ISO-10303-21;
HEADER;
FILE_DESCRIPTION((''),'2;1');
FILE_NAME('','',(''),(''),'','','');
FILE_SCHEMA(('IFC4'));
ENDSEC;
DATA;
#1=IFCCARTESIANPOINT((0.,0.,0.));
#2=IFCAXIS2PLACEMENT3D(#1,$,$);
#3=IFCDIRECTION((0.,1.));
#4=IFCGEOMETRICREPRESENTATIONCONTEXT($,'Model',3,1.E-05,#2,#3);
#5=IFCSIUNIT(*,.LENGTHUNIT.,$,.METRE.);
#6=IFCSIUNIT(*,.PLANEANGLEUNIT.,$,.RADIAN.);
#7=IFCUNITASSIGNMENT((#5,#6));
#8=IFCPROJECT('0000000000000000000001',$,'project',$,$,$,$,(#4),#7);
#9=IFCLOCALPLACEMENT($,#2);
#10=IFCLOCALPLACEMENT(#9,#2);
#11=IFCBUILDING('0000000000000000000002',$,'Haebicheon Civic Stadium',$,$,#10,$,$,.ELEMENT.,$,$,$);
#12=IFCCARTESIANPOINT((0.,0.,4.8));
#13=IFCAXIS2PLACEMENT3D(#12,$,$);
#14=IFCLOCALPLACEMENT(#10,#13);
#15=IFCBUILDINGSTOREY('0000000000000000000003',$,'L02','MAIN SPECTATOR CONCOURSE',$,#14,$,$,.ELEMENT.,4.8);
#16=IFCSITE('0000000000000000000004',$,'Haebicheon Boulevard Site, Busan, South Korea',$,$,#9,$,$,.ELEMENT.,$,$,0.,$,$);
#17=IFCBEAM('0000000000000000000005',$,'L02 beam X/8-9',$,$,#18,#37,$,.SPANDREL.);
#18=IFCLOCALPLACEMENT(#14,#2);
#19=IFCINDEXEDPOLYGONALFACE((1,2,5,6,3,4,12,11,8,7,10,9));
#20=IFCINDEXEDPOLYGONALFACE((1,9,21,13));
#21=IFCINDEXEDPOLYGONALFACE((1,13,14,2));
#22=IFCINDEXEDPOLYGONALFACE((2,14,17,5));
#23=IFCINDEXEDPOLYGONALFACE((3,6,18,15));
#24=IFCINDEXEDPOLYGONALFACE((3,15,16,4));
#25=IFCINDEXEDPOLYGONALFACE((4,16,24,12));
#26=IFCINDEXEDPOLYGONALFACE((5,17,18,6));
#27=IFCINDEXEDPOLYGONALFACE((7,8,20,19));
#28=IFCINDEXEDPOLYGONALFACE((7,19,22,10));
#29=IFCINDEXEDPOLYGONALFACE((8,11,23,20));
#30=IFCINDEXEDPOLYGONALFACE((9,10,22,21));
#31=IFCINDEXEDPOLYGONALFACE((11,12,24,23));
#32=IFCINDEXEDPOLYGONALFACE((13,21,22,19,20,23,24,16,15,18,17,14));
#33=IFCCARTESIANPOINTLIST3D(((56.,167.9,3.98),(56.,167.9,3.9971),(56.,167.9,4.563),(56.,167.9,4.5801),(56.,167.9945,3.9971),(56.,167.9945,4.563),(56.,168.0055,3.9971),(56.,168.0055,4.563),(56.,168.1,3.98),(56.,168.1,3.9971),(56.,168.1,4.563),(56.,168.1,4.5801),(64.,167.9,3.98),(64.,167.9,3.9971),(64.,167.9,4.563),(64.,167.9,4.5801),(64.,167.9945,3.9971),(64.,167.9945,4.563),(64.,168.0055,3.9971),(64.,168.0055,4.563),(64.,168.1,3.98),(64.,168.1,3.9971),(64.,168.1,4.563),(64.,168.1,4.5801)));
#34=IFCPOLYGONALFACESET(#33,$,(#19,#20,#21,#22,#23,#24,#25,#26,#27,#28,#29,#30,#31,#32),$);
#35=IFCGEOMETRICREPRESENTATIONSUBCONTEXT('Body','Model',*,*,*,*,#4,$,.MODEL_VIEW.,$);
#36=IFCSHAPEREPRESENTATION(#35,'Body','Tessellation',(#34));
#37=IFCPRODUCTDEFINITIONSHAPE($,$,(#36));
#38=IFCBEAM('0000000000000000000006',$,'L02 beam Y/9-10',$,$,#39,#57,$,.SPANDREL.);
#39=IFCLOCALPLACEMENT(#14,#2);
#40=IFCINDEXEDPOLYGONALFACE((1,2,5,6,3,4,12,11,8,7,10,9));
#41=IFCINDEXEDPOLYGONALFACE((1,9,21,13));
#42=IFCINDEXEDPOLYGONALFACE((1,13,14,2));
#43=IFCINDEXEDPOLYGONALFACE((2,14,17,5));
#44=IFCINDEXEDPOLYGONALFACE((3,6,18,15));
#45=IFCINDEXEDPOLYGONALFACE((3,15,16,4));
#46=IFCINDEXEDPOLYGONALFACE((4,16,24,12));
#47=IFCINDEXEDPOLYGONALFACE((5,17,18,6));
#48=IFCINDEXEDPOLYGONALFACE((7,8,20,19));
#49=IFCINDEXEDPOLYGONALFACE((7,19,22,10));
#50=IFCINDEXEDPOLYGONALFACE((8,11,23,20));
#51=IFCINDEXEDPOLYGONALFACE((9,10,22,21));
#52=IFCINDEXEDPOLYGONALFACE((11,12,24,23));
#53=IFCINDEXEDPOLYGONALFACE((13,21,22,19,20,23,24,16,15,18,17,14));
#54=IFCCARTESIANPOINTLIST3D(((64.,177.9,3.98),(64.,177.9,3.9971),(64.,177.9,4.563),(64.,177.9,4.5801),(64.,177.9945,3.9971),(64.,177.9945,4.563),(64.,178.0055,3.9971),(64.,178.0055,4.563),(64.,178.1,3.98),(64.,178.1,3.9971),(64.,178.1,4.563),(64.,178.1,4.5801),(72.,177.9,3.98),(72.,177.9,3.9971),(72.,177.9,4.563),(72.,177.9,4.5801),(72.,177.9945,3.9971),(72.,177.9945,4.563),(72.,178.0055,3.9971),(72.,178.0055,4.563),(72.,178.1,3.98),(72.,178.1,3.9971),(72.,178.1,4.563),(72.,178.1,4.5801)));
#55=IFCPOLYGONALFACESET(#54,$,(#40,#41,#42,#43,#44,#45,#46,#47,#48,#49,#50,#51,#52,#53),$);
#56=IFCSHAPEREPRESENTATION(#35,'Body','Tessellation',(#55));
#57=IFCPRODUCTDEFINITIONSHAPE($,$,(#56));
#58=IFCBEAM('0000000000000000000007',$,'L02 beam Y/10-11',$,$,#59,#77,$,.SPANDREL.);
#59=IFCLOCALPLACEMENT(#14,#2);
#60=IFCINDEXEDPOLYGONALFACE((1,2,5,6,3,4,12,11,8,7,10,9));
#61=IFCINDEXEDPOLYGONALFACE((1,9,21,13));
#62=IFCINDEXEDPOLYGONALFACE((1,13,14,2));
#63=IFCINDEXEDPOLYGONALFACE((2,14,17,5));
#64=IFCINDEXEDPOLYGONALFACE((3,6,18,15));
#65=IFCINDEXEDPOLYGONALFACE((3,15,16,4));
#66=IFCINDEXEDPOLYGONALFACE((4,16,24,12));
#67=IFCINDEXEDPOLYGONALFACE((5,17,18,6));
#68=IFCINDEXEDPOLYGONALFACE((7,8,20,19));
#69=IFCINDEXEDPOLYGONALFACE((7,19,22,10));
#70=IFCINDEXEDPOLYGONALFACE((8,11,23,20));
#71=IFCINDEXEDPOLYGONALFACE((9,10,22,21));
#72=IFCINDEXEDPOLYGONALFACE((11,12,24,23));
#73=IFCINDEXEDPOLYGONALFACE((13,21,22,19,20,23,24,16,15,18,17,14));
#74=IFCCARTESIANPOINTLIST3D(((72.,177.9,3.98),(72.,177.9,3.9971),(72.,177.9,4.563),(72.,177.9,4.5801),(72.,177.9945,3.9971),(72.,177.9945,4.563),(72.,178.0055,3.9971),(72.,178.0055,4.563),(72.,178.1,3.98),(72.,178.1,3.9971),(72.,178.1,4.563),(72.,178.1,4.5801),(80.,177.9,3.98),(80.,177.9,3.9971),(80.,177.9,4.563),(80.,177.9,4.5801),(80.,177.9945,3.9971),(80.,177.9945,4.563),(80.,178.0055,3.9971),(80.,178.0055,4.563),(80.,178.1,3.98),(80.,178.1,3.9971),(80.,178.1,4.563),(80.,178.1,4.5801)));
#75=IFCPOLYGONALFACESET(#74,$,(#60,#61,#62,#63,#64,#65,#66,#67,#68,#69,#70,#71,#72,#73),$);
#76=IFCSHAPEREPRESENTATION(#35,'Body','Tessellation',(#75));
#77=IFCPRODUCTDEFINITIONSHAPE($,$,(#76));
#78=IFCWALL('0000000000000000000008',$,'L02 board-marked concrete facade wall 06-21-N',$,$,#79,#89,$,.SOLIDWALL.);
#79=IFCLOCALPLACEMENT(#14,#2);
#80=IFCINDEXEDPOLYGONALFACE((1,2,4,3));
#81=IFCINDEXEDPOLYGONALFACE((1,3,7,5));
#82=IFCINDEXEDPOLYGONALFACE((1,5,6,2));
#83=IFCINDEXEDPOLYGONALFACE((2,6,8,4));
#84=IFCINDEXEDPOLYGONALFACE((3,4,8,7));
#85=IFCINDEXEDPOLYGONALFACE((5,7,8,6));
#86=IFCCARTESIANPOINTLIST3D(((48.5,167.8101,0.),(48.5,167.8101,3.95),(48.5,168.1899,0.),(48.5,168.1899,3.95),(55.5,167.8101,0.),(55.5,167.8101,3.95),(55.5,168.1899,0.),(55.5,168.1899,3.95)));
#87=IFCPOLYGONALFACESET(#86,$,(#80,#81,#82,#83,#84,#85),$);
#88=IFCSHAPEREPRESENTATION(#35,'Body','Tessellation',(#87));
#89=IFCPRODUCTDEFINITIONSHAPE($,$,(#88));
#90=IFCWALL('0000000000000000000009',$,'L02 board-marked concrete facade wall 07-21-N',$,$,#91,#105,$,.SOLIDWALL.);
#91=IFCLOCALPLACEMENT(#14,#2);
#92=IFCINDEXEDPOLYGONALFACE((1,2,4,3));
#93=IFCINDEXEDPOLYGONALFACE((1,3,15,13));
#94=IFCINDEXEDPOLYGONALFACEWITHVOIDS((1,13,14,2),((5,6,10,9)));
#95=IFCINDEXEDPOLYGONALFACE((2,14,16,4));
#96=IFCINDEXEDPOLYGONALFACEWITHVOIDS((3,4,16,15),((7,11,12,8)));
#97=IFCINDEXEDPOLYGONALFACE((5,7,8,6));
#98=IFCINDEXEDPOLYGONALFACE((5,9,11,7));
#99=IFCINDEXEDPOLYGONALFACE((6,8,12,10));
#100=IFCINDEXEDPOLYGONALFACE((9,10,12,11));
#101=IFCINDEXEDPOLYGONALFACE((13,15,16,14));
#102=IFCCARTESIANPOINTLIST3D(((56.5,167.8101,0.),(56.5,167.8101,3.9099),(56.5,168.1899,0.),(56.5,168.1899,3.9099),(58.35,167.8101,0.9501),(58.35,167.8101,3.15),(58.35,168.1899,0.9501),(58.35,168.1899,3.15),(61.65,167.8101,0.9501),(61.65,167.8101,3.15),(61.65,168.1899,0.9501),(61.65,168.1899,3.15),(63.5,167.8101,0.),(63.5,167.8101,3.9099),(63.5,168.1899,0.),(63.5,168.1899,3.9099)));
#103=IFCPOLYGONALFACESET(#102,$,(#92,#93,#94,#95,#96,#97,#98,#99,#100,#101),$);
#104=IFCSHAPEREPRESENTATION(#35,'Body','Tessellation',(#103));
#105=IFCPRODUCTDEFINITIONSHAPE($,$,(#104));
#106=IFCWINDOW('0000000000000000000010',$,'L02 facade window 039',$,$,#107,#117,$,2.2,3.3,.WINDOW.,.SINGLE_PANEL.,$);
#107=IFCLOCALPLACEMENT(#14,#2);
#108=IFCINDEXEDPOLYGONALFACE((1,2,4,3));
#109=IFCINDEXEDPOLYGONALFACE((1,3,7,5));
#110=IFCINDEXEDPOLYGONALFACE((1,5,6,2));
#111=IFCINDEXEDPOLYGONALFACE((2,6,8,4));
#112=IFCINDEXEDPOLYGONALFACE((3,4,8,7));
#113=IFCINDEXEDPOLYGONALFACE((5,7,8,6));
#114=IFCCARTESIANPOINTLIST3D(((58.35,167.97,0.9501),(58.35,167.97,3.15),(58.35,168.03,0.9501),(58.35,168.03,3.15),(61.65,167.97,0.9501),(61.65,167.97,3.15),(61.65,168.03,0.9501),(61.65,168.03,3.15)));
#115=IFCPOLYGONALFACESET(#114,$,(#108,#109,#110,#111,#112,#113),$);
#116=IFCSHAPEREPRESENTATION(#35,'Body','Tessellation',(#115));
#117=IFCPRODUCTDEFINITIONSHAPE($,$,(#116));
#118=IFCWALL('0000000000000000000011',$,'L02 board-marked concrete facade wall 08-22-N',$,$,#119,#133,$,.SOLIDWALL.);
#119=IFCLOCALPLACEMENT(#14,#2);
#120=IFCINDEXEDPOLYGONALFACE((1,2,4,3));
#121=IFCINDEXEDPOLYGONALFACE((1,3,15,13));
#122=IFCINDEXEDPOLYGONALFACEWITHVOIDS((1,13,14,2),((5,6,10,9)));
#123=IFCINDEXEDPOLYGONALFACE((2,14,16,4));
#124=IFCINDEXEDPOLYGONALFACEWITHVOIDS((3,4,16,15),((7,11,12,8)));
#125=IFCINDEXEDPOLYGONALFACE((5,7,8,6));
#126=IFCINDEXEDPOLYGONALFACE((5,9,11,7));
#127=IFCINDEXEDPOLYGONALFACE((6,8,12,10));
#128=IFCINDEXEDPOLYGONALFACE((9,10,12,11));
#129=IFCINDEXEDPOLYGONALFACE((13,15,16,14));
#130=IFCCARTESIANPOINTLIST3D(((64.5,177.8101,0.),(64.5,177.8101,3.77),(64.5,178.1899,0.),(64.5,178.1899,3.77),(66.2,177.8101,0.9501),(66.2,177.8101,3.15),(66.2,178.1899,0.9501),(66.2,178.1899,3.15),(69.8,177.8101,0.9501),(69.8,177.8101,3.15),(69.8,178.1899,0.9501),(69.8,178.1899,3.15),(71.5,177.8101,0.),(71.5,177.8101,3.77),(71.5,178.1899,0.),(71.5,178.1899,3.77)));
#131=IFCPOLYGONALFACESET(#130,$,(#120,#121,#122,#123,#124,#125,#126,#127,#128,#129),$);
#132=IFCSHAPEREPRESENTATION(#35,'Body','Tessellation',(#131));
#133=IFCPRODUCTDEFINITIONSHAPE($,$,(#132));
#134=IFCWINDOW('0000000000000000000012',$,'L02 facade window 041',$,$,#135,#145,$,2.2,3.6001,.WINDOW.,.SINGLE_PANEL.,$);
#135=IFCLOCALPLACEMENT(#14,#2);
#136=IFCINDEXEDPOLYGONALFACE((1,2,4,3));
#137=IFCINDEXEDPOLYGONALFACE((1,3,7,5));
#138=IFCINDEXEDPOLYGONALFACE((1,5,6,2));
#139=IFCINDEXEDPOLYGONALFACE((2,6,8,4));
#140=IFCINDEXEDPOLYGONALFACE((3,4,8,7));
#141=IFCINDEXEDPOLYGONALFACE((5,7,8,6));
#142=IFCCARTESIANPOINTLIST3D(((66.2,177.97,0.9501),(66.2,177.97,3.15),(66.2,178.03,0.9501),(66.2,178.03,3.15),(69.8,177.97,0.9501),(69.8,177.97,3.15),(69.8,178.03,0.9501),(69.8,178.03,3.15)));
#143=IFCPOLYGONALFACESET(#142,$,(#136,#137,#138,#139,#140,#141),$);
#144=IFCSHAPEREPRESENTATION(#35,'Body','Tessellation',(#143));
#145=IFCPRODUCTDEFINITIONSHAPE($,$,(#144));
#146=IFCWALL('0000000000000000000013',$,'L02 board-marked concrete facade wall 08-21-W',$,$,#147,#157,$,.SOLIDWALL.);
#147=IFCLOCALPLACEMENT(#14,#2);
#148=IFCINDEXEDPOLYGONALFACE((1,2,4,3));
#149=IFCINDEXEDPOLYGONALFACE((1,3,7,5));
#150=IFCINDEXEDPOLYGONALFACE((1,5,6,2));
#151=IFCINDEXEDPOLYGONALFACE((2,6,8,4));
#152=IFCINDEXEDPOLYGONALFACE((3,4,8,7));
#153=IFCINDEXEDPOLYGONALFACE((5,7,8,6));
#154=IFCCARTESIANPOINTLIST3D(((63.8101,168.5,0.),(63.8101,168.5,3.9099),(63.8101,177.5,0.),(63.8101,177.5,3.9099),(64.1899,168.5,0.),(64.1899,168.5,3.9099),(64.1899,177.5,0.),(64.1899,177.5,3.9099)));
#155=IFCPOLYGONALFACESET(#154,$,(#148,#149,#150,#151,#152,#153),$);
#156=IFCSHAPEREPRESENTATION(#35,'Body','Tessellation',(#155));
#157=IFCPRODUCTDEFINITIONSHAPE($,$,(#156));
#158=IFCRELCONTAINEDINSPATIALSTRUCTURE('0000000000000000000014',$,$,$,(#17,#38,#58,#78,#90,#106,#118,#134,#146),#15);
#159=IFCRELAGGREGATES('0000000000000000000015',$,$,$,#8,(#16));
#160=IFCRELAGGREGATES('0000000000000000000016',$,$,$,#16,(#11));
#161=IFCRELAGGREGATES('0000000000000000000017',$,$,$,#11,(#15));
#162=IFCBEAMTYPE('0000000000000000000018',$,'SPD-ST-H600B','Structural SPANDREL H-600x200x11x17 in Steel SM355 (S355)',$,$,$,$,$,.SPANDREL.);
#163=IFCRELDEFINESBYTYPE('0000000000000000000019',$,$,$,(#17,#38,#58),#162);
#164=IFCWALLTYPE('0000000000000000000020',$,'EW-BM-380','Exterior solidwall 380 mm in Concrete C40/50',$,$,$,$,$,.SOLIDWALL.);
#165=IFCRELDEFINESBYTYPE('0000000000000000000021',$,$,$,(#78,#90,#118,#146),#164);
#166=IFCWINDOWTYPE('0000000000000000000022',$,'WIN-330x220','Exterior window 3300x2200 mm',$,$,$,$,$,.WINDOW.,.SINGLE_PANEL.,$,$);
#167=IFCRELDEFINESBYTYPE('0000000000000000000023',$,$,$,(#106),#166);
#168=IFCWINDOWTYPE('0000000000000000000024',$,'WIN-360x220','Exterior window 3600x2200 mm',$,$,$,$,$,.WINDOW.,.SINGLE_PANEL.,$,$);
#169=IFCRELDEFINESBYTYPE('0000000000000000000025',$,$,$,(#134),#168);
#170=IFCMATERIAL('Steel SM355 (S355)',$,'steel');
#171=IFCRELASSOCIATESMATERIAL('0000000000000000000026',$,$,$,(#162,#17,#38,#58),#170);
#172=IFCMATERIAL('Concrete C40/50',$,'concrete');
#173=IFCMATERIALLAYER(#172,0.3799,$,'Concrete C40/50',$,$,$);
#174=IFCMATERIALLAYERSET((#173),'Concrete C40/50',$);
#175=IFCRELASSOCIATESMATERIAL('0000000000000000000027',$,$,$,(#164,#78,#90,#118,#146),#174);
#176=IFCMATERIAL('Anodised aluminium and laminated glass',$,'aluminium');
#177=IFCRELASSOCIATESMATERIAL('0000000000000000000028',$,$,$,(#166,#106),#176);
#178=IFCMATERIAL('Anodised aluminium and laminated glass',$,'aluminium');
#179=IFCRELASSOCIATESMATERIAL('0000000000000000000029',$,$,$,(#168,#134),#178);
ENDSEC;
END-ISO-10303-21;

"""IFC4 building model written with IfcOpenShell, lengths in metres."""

from ifc_helpers import new_model, si_unit, direction, frame, frame_2d, origin, origin_2d, place, context, subcontext, project, spatial, rectangle, i_section, extrude, material, layer, layer_set, material_profile, profile_set, type_object, element, fill, save


model = new_model("IFC4")

# Units and contexts
model_context = context("Model", 3, precision=1e-05, world=origin(), true_north=direction((0.0, 1.0)))
body_context = subcontext(model_context, "Body", "Model", "MODEL_VIEW")
ifc_project = project(units=[si_unit("LENGTHUNIT", "METRE"), si_unit("PLANEANGLEUNIT", "RADIAN")], contexts=[model_context])

# Site, building, storey
site_placement = place(None, origin())
site = spatial("IfcSite", under=ifc_project, at=site_placement, Name="Haebicheon Boulevard Site, Busan, South Korea", CompositionType="ELEMENT", RefElevation=0.0)
building_placement = place(site_placement, origin())
building = spatial("IfcBuilding", under=site, at=building_placement, Name="Haebicheon Civic Stadium", CompositionType="ELEMENT")
storey_placement = place(building_placement, frame((0.0, 0.0, 4.8)))
storey = spatial("IfcBuildingStorey", under=building, at=storey_placement, Name="L02", Description="MAIN SPECTATOR CONCOURSE", CompositionType="ELEMENT", Elevation=4.8)

# Beams
ifc_material_1 = material(Name="Steel SM355 (S355)", Category="steel")
ifc_material_profile_1 = material_profile(ifc_material_1, i_section(OverallWidth=0.2, OverallDepth=0.6001, WebThickness=0.011, FlangeThickness=0.0171, at=origin_2d()), Name="H-600x200x11x17")
ifc_profile_set_1 = profile_set([ifc_material_profile_1], Name="Steel SM355 (S355)")
beam_type_1 = type_object("IfcBeamType", Name="SPD-ST-H600B", Description="Structural SPANDREL H-600x200x11x17 in Steel SM355 (S355)", PredefinedType="SPANDREL", material=ifc_profile_set_1)
for number, where, z_axis, x_axis, name in (
    (1, (56.0, 168.0, 4.28), (1.0, 0.0, 0.0), (0.0, 1.0, 0.0), "L02 beam X/8-9"),
    (2, (64.0, 178.0, 4.28), (1.0, 0.0, 0.0), (0.0, 1.0, 0.0), "L02 beam Y/9-10"),
    (3, (72.0, 178.0, 4.28), (1.0, 0.0, 0.0), (0.0, 1.0, 0.0), "L02 beam Y/10-11"),
):
    element("IfcBeam", number, at=place(storey_placement, frame(where, z_axis=z_axis, x_axis=x_axis)), inside=storey, type_object=beam_type_1, material=ifc_profile_set_1, Name=name, PredefinedType="SPANDREL", context=body_context, shape_type="SweptSolid", body=[
        extrude(i_section(OverallWidth=0.2, OverallDepth=0.6001, WebThickness=0.011, FlangeThickness=0.0171, at=origin_2d()), origin(), (0.0, 0.0, 1.0), 8.0),
    ])

# Wall
ifc_material_2 = material(Name="Concrete C40/50", Category="concrete")
ifc_layer = layer(ifc_material_2, 0.3799, Name="Concrete C40/50")
ifc_layer_set = layer_set([ifc_layer], Name="Concrete C40/50")
wall_type = type_object("IfcWallType", Name="EW-BM-380", Description="Exterior solidwall 380 mm in Concrete C40/50", PredefinedType="SOLIDWALL", material=ifc_layer_set)
wall_1_placement = place(storey_placement, frame((48.5, 168.0, 0.0), z_axis=(0.0, 0.0, 1.0), x_axis=(1.0, 0.0, 0.0)))
element("IfcWall", 4, at=wall_1_placement, inside=storey, type_object=wall_type, material=ifc_layer_set, Name="L02 board-marked concrete facade wall 06-21-N", PredefinedType="SOLIDWALL", context=body_context, shape_type="SweptSolid", body=[
    extrude(rectangle(XDim=7.0, YDim=0.3799, at=frame_2d((3.5, 0.0))), origin(), (0.0, 0.0, 1.0), 3.95),
])

# Walls, openings, windows
wall_2_placement = place(storey_placement, frame((56.5, 168.0, 0.0), z_axis=(0.0, 0.0, 1.0), x_axis=(1.0, 0.0, 0.0)))
wall_2 = element("IfcWall", 5, at=wall_2_placement, inside=storey, type_object=wall_type, material=ifc_layer_set, Name="L02 board-marked concrete facade wall 07-21-N", PredefinedType="SOLIDWALL", context=body_context, shape_type="SweptSolid", body=[
    extrude(rectangle(XDim=7.0, YDim=0.3799, at=frame_2d((3.5, 0.0))), origin(), (0.0, 0.0, 1.0), 3.9099),
])
opening_1_placement = place(wall_2_placement, frame((1.8501, 0.0, 0.95)))
opening_1 = element("IfcOpeningElement", 6, at=opening_1_placement, cuts=wall_2, PredefinedType="OPENING", context=body_context, shape_type="SweptSolid", body=[
    extrude(rectangle(XDim=3.3, YDim=2.2, at=frame_2d((1.6499, 1.1001))), frame((0.0, 0.2, 0.0), z_axis=(0.0, -1.0, 0.0), x_axis=(1.0, 0.0, 0.0)), (0.0, 0.0, 1.0), 0.3999),
])
ifc_material_3 = material(Name="Anodised aluminium and laminated glass", Category="aluminium")
window_type_1 = type_object("IfcWindowType", Name="WIN-330x220", Description="Exterior window 3300x2200 mm", PartitioningType="SINGLE_PANEL", PredefinedType="WINDOW", material=ifc_material_3)
window_1_placement = place(opening_1_placement, origin())
window_1 = element("IfcWindow", 7, at=window_1_placement, inside=storey, type_object=window_type_1, material=ifc_material_3, Name="L02 facade window 039", OverallHeight=2.2, OverallWidth=3.3, PartitioningType="SINGLE_PANEL", PredefinedType="WINDOW", context=body_context, shape_type="SweptSolid", body=[
    extrude(rectangle(XDim=3.3, YDim=2.2, at=frame_2d((1.6499, 1.1001))), frame((0.0, 0.03, 0.0), z_axis=(0.0, -1.0, 0.0), x_axis=(1.0, 0.0, 0.0)), (0.0, 0.0, 1.0), 0.0601),
])
fill(opening_1, window_1)
wall_3_placement = place(storey_placement, frame((64.5, 178.0, 0.0), z_axis=(0.0, 0.0, 1.0), x_axis=(1.0, 0.0, 0.0)))
wall_3 = element("IfcWall", 8, at=wall_3_placement, inside=storey, type_object=wall_type, material=ifc_layer_set, Name="L02 board-marked concrete facade wall 08-22-N", PredefinedType="SOLIDWALL", context=body_context, shape_type="SweptSolid", body=[
    extrude(rectangle(XDim=7.0, YDim=0.3799, at=frame_2d((3.5, 0.0))), origin(), (0.0, 0.0, 1.0), 3.77),
])
opening_2_placement = place(wall_3_placement, frame((1.7, 0.0, 0.95)))
opening_2 = element("IfcOpeningElement", 9, at=opening_2_placement, cuts=wall_3, PredefinedType="OPENING", context=body_context, shape_type="SweptSolid", body=[
    extrude(rectangle(XDim=3.6001, YDim=2.2, at=frame_2d((1.8, 1.1001))), frame((0.0, 0.2, 0.0), z_axis=(0.0, -1.0, 0.0), x_axis=(1.0, 0.0, 0.0)), (0.0, 0.0, 1.0), 0.3999),
])
ifc_material_4 = material(Name="Anodised aluminium and laminated glass", Category="aluminium")
window_type_2 = type_object("IfcWindowType", Name="WIN-360x220", Description="Exterior window 3600x2200 mm", PartitioningType="SINGLE_PANEL", PredefinedType="WINDOW", material=ifc_material_4)
window_2_placement = place(opening_2_placement, origin())
window_2 = element("IfcWindow", 10, at=window_2_placement, inside=storey, type_object=window_type_2, material=ifc_material_4, Name="L02 facade window 041", OverallHeight=2.2, OverallWidth=3.6001, PartitioningType="SINGLE_PANEL", PredefinedType="WINDOW", context=body_context, shape_type="SweptSolid", body=[
    extrude(rectangle(XDim=3.6001, YDim=2.2, at=frame_2d((1.8, 1.1001))), frame((0.0, 0.03, 0.0), z_axis=(0.0, -1.0, 0.0), x_axis=(1.0, 0.0, 0.0)), (0.0, 0.0, 1.0), 0.0601),
])
fill(opening_2, window_2)

# Wall
wall_4_placement = place(storey_placement, frame((64.0, 168.5, 0.0), z_axis=(0.0, 0.0, 1.0), x_axis=(0.0, 1.0, 0.0)))
element("IfcWall", 11, at=wall_4_placement, inside=storey, type_object=wall_type, material=ifc_layer_set, Name="L02 board-marked concrete facade wall 08-21-W", PredefinedType="SOLIDWALL", context=body_context, shape_type="SweptSolid", body=[
    extrude(rectangle(XDim=9.0, YDim=0.3799, at=frame_2d((4.5, 0.0))), origin(), (0.0, 0.0, 1.0), 3.9099),
])

save(model, "model.ifc")
